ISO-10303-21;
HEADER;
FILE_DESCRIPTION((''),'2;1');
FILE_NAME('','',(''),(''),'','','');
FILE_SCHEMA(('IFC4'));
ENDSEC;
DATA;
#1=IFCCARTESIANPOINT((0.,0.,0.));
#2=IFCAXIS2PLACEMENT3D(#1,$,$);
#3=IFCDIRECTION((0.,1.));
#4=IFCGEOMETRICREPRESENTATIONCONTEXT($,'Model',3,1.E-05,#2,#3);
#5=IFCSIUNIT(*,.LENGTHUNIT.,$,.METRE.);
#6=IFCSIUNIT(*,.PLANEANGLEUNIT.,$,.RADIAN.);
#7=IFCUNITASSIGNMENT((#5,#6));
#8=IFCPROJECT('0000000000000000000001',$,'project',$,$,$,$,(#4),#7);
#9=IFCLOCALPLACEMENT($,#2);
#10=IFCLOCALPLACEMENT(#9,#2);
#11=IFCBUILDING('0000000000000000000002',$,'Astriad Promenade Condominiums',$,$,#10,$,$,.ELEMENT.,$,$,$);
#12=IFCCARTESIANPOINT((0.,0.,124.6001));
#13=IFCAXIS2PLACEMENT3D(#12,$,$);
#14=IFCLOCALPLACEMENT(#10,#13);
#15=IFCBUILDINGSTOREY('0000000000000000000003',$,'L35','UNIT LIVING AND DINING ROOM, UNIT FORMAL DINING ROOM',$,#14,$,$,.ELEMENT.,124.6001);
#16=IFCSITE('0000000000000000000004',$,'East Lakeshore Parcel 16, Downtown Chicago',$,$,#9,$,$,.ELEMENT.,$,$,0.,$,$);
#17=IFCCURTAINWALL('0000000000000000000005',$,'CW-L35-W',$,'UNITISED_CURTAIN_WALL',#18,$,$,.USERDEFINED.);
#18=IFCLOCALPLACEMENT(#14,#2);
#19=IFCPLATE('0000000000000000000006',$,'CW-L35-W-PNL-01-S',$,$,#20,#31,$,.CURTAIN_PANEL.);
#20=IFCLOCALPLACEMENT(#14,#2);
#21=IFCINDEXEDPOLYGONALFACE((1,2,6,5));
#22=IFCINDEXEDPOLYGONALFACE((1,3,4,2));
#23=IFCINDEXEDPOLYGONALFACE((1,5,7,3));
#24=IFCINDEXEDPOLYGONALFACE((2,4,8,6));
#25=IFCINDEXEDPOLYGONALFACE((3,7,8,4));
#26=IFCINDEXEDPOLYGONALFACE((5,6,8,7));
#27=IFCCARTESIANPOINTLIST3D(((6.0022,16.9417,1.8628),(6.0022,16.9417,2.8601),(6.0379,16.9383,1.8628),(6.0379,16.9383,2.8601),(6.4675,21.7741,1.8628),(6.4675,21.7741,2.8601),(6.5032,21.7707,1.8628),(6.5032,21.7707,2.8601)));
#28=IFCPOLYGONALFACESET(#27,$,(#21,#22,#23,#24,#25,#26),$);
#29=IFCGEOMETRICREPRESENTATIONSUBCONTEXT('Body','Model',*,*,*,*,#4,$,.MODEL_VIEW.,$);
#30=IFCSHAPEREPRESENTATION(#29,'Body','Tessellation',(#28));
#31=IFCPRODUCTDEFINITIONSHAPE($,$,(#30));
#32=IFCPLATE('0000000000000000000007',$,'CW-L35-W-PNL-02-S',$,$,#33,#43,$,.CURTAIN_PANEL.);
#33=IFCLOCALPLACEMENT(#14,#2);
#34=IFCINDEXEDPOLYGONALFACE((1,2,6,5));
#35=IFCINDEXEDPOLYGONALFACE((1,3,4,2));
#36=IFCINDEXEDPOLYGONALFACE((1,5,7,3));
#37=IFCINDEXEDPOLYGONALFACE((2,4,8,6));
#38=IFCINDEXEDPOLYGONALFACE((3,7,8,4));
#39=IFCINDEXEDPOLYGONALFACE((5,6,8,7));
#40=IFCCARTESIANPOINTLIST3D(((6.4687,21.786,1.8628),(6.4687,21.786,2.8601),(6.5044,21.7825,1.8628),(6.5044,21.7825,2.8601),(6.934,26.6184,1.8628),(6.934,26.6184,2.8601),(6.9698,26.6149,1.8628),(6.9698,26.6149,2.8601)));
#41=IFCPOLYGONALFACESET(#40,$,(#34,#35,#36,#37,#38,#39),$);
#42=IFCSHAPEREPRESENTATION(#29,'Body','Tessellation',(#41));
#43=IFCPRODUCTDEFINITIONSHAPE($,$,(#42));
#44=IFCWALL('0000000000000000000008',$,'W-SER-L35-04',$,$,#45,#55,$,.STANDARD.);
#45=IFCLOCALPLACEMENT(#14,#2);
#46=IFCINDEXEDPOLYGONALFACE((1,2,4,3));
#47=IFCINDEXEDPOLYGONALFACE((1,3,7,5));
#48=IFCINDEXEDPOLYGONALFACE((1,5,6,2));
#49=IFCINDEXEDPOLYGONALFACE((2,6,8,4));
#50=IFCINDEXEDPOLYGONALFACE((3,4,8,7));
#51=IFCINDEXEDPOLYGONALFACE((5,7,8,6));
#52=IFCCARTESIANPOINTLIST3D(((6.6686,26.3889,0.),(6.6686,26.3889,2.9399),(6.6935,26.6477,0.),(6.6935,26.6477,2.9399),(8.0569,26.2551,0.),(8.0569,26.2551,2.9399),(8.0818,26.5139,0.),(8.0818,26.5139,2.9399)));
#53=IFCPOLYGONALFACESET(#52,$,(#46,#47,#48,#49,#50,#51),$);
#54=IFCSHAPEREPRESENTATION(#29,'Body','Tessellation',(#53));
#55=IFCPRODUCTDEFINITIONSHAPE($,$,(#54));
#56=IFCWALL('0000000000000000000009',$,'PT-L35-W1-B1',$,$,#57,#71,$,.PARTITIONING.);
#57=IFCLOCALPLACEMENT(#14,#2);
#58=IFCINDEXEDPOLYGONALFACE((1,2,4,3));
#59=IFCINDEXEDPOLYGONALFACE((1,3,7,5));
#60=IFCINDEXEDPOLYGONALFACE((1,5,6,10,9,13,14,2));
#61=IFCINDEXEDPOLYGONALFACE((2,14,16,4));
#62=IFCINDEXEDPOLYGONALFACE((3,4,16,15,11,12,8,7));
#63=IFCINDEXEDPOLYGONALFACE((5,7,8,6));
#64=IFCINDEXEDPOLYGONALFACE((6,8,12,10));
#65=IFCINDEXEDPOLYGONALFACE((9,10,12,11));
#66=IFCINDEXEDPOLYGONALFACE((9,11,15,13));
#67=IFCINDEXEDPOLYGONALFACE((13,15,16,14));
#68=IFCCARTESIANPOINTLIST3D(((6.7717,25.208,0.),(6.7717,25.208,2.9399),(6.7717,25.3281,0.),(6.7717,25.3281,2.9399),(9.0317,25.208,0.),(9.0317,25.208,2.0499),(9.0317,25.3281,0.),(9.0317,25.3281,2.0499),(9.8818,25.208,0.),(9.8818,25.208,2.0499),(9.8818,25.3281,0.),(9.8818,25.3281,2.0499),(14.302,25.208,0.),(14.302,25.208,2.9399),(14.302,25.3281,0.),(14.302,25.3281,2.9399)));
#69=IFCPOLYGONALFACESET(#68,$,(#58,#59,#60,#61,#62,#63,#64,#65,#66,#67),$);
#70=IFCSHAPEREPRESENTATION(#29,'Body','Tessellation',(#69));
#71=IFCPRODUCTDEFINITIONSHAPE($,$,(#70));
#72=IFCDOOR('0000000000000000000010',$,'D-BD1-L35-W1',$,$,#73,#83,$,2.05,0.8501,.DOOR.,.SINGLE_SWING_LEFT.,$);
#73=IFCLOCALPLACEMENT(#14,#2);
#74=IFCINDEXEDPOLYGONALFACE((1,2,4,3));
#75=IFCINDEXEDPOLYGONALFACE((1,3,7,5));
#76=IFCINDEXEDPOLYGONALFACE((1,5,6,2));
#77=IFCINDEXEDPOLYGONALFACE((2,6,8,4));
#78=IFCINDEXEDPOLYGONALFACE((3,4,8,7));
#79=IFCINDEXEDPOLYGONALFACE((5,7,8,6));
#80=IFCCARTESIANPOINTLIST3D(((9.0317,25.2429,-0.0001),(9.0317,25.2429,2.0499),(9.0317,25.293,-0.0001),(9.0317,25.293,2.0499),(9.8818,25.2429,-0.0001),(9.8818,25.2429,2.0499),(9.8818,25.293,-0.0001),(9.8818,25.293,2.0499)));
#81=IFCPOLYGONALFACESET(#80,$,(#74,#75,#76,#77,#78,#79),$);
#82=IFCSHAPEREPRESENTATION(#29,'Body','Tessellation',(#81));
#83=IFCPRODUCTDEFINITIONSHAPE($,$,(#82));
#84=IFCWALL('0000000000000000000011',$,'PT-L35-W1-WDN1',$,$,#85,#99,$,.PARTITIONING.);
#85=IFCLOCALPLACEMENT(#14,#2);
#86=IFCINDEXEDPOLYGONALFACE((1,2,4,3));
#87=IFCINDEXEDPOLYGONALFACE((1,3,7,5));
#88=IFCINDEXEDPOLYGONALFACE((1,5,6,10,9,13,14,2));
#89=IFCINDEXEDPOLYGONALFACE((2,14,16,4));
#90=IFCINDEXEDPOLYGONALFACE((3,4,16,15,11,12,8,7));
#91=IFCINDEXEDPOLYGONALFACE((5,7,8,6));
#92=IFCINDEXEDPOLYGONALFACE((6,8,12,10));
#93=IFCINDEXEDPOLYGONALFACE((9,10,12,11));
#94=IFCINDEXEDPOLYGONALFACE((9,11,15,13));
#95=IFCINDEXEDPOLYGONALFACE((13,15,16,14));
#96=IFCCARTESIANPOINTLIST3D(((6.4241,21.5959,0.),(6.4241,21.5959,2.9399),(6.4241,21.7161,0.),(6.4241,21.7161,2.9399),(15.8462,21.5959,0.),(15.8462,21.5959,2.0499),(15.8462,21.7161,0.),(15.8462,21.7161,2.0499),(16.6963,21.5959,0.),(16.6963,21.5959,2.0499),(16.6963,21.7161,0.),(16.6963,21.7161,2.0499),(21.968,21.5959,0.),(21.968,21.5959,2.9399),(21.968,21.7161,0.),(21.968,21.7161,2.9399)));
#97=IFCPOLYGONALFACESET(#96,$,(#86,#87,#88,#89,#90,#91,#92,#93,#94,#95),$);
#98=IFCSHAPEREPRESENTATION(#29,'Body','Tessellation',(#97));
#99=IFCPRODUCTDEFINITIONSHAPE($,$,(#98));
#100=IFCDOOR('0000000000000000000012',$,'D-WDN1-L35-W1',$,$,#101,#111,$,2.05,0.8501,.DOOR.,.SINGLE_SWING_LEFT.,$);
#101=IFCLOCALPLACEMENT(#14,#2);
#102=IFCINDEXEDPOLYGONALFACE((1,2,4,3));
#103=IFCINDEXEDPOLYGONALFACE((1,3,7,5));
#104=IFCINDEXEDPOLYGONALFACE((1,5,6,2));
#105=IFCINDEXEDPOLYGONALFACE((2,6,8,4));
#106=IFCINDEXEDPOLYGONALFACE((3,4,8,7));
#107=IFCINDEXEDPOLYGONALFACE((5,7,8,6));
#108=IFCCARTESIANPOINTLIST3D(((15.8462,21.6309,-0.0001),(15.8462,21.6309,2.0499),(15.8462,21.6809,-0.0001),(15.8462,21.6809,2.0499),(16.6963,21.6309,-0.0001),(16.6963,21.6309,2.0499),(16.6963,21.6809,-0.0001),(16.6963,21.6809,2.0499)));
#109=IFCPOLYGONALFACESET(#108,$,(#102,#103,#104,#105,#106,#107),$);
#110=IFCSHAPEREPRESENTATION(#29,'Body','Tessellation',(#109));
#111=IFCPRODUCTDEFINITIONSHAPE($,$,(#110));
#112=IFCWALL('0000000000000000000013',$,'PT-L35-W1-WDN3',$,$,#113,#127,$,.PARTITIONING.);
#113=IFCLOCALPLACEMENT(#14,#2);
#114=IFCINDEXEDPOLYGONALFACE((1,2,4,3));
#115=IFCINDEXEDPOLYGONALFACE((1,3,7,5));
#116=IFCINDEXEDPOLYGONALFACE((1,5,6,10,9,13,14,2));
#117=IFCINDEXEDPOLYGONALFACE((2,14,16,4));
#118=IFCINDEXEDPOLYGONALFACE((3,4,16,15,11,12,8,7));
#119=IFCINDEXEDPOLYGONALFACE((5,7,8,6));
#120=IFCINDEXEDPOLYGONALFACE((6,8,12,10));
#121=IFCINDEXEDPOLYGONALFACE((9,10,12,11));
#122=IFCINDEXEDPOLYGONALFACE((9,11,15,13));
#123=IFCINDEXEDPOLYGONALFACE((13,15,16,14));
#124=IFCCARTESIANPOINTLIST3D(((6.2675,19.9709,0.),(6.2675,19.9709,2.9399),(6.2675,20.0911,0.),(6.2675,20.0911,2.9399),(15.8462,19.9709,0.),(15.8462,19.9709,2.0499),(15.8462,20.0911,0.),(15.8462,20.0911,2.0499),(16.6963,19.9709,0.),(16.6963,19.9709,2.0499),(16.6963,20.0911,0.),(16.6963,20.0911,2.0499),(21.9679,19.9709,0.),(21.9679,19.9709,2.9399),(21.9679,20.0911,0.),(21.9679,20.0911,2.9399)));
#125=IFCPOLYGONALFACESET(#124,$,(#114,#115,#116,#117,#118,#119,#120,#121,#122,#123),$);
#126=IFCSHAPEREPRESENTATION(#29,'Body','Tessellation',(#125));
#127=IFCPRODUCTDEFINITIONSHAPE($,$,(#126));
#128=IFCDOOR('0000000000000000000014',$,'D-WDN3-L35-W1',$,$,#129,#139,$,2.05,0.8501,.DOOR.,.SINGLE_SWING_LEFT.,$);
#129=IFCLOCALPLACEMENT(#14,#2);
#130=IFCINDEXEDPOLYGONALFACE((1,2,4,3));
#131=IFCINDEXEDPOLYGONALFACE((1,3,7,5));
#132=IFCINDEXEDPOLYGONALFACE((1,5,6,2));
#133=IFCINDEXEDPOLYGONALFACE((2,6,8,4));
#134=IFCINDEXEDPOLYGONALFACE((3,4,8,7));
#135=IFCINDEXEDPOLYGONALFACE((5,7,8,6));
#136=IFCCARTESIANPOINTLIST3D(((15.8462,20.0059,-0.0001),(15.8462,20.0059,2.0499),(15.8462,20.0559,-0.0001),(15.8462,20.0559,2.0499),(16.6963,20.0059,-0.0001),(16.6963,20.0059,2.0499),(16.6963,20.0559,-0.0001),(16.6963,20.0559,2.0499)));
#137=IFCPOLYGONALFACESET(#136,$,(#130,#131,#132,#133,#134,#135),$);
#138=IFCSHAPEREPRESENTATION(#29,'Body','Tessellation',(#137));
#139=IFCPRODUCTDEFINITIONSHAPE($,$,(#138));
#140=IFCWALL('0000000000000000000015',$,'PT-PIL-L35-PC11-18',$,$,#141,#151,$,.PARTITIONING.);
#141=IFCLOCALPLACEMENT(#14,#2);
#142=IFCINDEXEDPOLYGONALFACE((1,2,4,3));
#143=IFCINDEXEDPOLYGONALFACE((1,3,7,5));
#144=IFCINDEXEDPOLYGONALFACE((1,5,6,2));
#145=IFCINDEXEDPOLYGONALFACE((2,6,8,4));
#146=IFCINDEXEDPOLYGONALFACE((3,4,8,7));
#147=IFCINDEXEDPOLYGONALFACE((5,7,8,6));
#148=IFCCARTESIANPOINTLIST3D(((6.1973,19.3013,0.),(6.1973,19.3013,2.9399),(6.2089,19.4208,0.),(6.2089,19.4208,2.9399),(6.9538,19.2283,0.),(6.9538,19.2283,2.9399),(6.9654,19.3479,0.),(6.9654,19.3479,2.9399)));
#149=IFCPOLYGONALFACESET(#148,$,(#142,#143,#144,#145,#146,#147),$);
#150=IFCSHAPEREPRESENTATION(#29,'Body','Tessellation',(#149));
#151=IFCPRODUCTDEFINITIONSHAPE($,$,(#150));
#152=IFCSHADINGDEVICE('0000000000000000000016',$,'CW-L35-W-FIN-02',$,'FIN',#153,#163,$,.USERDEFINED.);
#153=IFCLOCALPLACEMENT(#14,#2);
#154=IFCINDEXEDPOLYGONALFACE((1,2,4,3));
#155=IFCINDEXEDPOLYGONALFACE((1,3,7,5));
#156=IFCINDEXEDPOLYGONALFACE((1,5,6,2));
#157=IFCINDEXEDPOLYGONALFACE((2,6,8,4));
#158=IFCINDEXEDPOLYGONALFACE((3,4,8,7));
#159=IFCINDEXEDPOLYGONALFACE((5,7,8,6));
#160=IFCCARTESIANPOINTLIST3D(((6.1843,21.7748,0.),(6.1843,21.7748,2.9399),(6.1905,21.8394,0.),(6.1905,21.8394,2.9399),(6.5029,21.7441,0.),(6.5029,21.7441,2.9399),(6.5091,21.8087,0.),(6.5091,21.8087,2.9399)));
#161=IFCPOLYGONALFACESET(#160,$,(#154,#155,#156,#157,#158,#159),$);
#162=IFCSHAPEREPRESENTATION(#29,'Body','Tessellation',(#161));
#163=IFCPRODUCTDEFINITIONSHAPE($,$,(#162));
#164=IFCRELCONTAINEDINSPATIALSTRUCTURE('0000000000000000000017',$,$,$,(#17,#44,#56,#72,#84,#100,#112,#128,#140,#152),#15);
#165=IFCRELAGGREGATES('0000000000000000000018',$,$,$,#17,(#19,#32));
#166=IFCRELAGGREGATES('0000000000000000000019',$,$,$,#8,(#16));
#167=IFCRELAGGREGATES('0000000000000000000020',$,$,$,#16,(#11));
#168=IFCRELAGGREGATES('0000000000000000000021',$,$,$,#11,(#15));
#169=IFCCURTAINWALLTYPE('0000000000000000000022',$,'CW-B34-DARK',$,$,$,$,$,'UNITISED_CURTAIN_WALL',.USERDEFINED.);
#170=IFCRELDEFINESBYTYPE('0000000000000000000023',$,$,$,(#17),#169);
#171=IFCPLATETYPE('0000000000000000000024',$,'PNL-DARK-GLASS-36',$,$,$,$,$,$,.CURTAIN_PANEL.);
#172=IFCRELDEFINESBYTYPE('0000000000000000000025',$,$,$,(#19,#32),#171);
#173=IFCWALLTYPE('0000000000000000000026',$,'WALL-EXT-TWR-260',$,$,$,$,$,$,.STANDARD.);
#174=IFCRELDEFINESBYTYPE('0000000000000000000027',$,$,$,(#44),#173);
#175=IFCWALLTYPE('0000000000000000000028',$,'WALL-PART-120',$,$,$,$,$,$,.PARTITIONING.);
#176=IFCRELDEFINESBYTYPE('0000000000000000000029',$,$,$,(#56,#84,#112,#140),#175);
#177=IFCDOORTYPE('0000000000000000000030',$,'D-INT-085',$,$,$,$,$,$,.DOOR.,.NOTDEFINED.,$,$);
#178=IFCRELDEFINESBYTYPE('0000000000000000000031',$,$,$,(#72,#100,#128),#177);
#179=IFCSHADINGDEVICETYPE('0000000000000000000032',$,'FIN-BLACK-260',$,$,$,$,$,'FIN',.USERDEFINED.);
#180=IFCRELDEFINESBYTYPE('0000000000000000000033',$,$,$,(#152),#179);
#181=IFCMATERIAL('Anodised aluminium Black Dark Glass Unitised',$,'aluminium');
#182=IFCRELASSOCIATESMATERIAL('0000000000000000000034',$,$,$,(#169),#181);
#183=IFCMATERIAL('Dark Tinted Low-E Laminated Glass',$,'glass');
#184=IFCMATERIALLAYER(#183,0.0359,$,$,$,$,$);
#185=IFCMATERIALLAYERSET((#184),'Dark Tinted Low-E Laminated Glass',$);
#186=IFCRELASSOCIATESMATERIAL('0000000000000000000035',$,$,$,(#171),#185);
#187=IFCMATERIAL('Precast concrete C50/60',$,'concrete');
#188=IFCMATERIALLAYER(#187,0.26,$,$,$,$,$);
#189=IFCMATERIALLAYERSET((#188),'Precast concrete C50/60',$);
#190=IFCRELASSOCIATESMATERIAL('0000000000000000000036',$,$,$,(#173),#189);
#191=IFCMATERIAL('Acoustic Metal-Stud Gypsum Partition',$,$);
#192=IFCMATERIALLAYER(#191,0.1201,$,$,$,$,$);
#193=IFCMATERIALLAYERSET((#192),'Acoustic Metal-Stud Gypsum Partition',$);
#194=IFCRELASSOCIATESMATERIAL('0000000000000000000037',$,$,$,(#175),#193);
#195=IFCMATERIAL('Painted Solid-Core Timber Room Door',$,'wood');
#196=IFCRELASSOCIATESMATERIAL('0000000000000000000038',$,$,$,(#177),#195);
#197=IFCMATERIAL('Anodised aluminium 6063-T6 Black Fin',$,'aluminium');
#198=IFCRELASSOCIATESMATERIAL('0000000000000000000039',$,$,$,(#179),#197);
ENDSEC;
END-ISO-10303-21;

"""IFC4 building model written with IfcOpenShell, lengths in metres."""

from ifc_helpers import new_model, si_unit, direction, frame, frame_2d, origin, origin_2d, place, context, subcontext, project, spatial, rectangle, extrude, source, transform, mapped, material, layer, layer_set, type_object, type_shapes, element, fill, aggregate, save


model = new_model("IFC4")

# Units and contexts
model_context = context("Model", 3, precision=1e-05, world=origin(), true_north=direction((0.0, 1.0)))
body_context = subcontext(model_context, "Body", "Model", "MODEL_VIEW")
ifc_project = project(units=[si_unit("LENGTHUNIT", "METRE"), si_unit("PLANEANGLEUNIT", "RADIAN")], contexts=[model_context])

# Site, building, storey
site_placement = place(None, origin())
site = spatial("IfcSite", under=ifc_project, at=site_placement, Name="East Lakeshore Parcel 16, Downtown Chicago", CompositionType="ELEMENT", RefElevation=0.0)
building_placement = place(site_placement, origin())
building = spatial("IfcBuilding", under=site, at=building_placement, Name="Astriad Promenade Condominiums", CompositionType="ELEMENT")
storey_placement = place(building_placement, frame((0.0, 0.0, 124.6001)))
storey = spatial("IfcBuildingStorey", under=building, at=storey_placement, Name="L35", Description="UNIT LIVING AND DINING ROOM, UNIT FORMAL DINING ROOM", CompositionType="ELEMENT", Elevation=124.6001)

# Curtain wall, plates
ifc_material_1 = material(Name="Anodised aluminium Black Dark Glass Unitised", Category="aluminium")
curtain_wall_type = type_object("IfcCurtainWallType", Name="CW-B34-DARK", ElementType="UNITISED_CURTAIN_WALL", PredefinedType="USERDEFINED", material=ifc_material_1)
curtain_wall_placement = place(storey_placement, origin())
curtain_wall = element("IfcCurtainWall", 1, at=curtain_wall_placement, inside=storey, type_object=curtain_wall_type, Name="CW-L35-W", ObjectType="UNITISED_CURTAIN_WALL", PredefinedType="USERDEFINED")
ifc_material_2 = material(Name="Dark Tinted Low-E Laminated Glass", Category="glass")
ifc_layer_1 = layer(ifc_material_2, 0.0359)
ifc_layer_set_1 = layer_set([ifc_layer_1], Name="Dark Tinted Low-E Laminated Glass")
plate_type = type_object("IfcPlateType", Name="PNL-DARK-GLASS-36", PredefinedType="CURTAIN_PANEL", material=ifc_layer_set_1)
shared_shape_1 = source(origin(), body_context, "Body", "SweptSolid", [
    extrude(rectangle(XDim=4.8547, YDim=0.0359, at=origin_2d()), origin(), (0.0, 0.0, 1.0), 0.9973),
])
plate_1_placement = place(storey_placement, frame((6.2527, 19.3562, 1.8628), z_axis=(0.0, 0.0, 1.0), x_axis=(0.095846, 0.995396, 0.0)))
plate_1 = element("IfcPlate", 2, at=plate_1_placement, type_object=plate_type, Name="CW-L35-W-PNL-01-S", PredefinedType="CURTAIN_PANEL", context=body_context, shape_type="MappedRepresentation", body=[
    mapped(shared_shape_1, transform((0.0, 0.0, 0.0), scale=1.0)),
])
plate_2_placement = place(storey_placement, frame((6.7192, 24.2004, 1.8628), z_axis=(0.0, 0.0, 1.0), x_axis=(0.095846, 0.995396, 0.0)))
plate_2 = element("IfcPlate", 3, at=plate_2_placement, type_object=plate_type, Name="CW-L35-W-PNL-02-S", PredefinedType="CURTAIN_PANEL", context=body_context, shape_type="MappedRepresentation", body=[
    mapped(shared_shape_1, transform((0.0, 0.0, 0.0), scale=1.0)),
])
aggregate(curtain_wall, [plate_1, plate_2])

# Wall
ifc_material_3 = material(Name="Precast concrete C50/60", Category="concrete")
ifc_layer_2 = layer(ifc_material_3, 0.26)
ifc_layer_set_2 = layer_set([ifc_layer_2], Name="Precast concrete C50/60")
wall_type_1 = type_object("IfcWallType", Name="WALL-EXT-TWR-260", PredefinedType="STANDARD", material=ifc_layer_set_2)
wall_1_placement = place(storey_placement, frame((6.6812, 26.5183, 0.0), z_axis=(0.0, 0.0, 1.0), x_axis=(0.995389, -0.095916, 0.0)))
element("IfcWall", 4, at=wall_1_placement, inside=storey, type_object=wall_type_1, Name="W-SER-L35-04", PredefinedType="STANDARD", context=body_context, shape_type="SweptSolid", body=[
    extrude(rectangle(XDim=1.3948, YDim=0.26, at=frame_2d((0.6973, 0.0))), origin(), (0.0, 0.0, 1.0), 2.9399),
])

# Walls, openings, doors
ifc_material_4 = material(Name="Acoustic Metal-Stud Gypsum Partition")
ifc_layer_3 = layer(ifc_material_4, 0.1201)
ifc_layer_set_3 = layer_set([ifc_layer_3], Name="Acoustic Metal-Stud Gypsum Partition")
wall_type_2 = type_object("IfcWallType", Name="WALL-PART-120", PredefinedType="PARTITIONING", material=ifc_layer_set_3)
wall_2_placement = place(storey_placement, frame((6.7717, 25.2681, 0.0), z_axis=(0.0, 0.0, 1.0), x_axis=(1.0, 0.0, 0.0)))
wall_2 = element("IfcWall", 5, at=wall_2_placement, inside=storey, type_object=wall_type_2, Name="PT-L35-W1-B1", PredefinedType="PARTITIONING", context=body_context, shape_type="SweptSolid", body=[
    extrude(rectangle(XDim=7.5303, YDim=0.1201, at=frame_2d((3.7651, 0.0))), origin(), (0.0, 0.0, 1.0), 2.9399),
])
opening_1_placement = place(wall_2_placement, frame((2.26, 0.0, 0.0)))
opening_1 = element("IfcOpeningElement", 6, at=opening_1_placement, cuts=wall_2, PredefinedType="OPENING", context=body_context, shape_type="SweptSolid", body=[
    extrude(rectangle(XDim=0.8501, YDim=2.05, at=frame_2d((0.425, 1.0249))), frame((0.0, 0.0701, 0.0), z_axis=(0.0, -1.0, 0.0), x_axis=(1.0, 0.0, 0.0)), (0.0, 0.0, 1.0), 0.1401),
])
ifc_material_5 = material(Name="Painted Solid-Core Timber Room Door", Category="wood")
door_type = type_object("IfcDoorType", Name="D-INT-085", OperationType="NOTDEFINED", PredefinedType="DOOR", material=ifc_material_5)
shared_shape_2 = source(origin(), body_context, "Body", "SweptSolid", [
    extrude(rectangle(XDim=0.8501, YDim=2.05, at=frame_2d((0.425, 1.0249))), frame((0.0, 0.0249, 0.0), z_axis=(0.0, -1.0, 0.0), x_axis=(1.0, 0.0, 0.0)), (0.0, 0.0, 1.0), 0.05),
])
type_shapes(door_type, [shared_shape_2])
door_1_placement = place(opening_1_placement, origin())
door_1 = element("IfcDoor", 7, at=door_1_placement, inside=storey, type_object=door_type, Name="D-BD1-L35-W1", OperationType="SINGLE_SWING_LEFT", OverallHeight=2.05, OverallWidth=0.8501, PredefinedType="DOOR", context=body_context, shape_type="MappedRepresentation", body=[
    mapped(shared_shape_2, transform((0.0, 0.0, 0.0), scale=1.0)),
])
fill(opening_1, door_1)
wall_3_placement = place(storey_placement, frame((6.4241, 21.656, 0.0), z_axis=(0.0, 0.0, 1.0), x_axis=(1.0, 0.0, 0.0)))
wall_3 = element("IfcWall", 8, at=wall_3_placement, inside=storey, type_object=wall_type_2, Name="PT-L35-W1-WDN1", PredefinedType="PARTITIONING", context=body_context, shape_type="SweptSolid", body=[
    extrude(rectangle(XDim=15.5439, YDim=0.1201, at=frame_2d((7.772, 0.0))), origin(), (0.0, 0.0, 1.0), 2.9399),
])
opening_2_placement = place(wall_3_placement, frame((9.4221, 0.0, 0.0)))
opening_2 = element("IfcOpeningElement", 9, at=opening_2_placement, cuts=wall_3, PredefinedType="OPENING", context=body_context, shape_type="SweptSolid", body=[
    extrude(rectangle(XDim=0.8501, YDim=2.05, at=frame_2d((0.425, 1.0249))), frame((0.0, 0.0701, 0.0), z_axis=(0.0, -1.0, 0.0), x_axis=(1.0, 0.0, 0.0)), (0.0, 0.0, 1.0), 0.1401),
])
door_2_placement = place(opening_2_placement, origin())
door_2 = element("IfcDoor", 10, at=door_2_placement, inside=storey, type_object=door_type, Name="D-WDN1-L35-W1", OperationType="SINGLE_SWING_LEFT", OverallHeight=2.05, OverallWidth=0.8501, PredefinedType="DOOR", context=body_context, shape_type="MappedRepresentation", body=[
    mapped(shared_shape_2, transform((0.0, 0.0, 0.0), scale=1.0)),
])
fill(opening_2, door_2)
wall_4_placement = place(storey_placement, frame((6.2676, 20.031, 0.0), z_axis=(0.0, 0.0, 1.0), x_axis=(1.0, 0.0, 0.0)))
wall_4 = element("IfcWall", 11, at=wall_4_placement, inside=storey, type_object=wall_type_2, Name="PT-L35-W1-WDN3", PredefinedType="PARTITIONING", context=body_context, shape_type="SweptSolid", body=[
    extrude(rectangle(XDim=15.7004, YDim=0.1201, at=frame_2d((7.8501, 0.0))), origin(), (0.0, 0.0, 1.0), 2.9399),
])
opening_3_placement = place(wall_4_placement, frame((9.5786, 0.0, 0.0)))
opening_3 = element("IfcOpeningElement", 12, at=opening_3_placement, cuts=wall_4, PredefinedType="OPENING", context=body_context, shape_type="SweptSolid", body=[
    extrude(rectangle(XDim=0.8501, YDim=2.05, at=frame_2d((0.425, 1.0249))), frame((0.0, 0.0701, 0.0), z_axis=(0.0, -1.0, 0.0), x_axis=(1.0, 0.0, 0.0)), (0.0, 0.0, 1.0), 0.1401),
])
door_3_placement = place(opening_3_placement, origin())
door_3 = element("IfcDoor", 13, at=door_3_placement, inside=storey, type_object=door_type, Name="D-WDN3-L35-W1", OperationType="SINGLE_SWING_LEFT", OverallHeight=2.05, OverallWidth=0.8501, PredefinedType="DOOR", context=body_context, shape_type="MappedRepresentation", body=[
    mapped(shared_shape_2, transform((0.0, 0.0, 0.0), scale=1.0)),
])
fill(opening_3, door_3)

# Wall
wall_5_placement = place(storey_placement, frame((6.9595, 19.2881, 0.0), z_axis=(0.0, 0.0, 1.0), x_axis=(-0.995378, 0.096037, 0.0)))
element("IfcWall", 14, at=wall_5_placement, inside=storey, type_object=wall_type_2, Name="PT-PIL-L35-PC11-18", PredefinedType="PARTITIONING", context=body_context, shape_type="SweptSolid", body=[
    extrude(rectangle(XDim=0.76, YDim=0.1201, at=frame_2d((0.3799, 0.0))), origin(), (0.0, 0.0, 1.0), 2.9399),
])

# Shading device
ifc_material_6 = material(Name="Anodised aluminium 6063-T6 Black Fin", Category="aluminium")
shading_device_type = type_object("IfcShadingDeviceType", Name="FIN-BLACK-260", ElementType="FIN", PredefinedType="USERDEFINED", material=ifc_material_6)
shared_shape_3 = source(origin(), body_context, "Body", "SweptSolid", [
    extrude(rectangle(XDim=0.0649, YDim=0.3201, at=origin_2d()), origin(), (0.0, 0.0, 1.0), 2.9399),
])
type_shapes(shading_device_type, [shared_shape_3])
shading_device_placement = place(storey_placement, frame((6.3467, 21.7917, 0.0), z_axis=(0.0, 0.0, 1.0), x_axis=(0.095846, 0.995396, 0.0)))
element("IfcShadingDevice", 15, at=shading_device_placement, inside=storey, type_object=shading_device_type, Name="CW-L35-W-FIN-02", ObjectType="FIN", PredefinedType="USERDEFINED", context=body_context, shape_type="MappedRepresentation", body=[
    mapped(shared_shape_3, transform((0.0, 0.0, 0.0), scale=1.0)),
])

save(model, "model.ifc")
